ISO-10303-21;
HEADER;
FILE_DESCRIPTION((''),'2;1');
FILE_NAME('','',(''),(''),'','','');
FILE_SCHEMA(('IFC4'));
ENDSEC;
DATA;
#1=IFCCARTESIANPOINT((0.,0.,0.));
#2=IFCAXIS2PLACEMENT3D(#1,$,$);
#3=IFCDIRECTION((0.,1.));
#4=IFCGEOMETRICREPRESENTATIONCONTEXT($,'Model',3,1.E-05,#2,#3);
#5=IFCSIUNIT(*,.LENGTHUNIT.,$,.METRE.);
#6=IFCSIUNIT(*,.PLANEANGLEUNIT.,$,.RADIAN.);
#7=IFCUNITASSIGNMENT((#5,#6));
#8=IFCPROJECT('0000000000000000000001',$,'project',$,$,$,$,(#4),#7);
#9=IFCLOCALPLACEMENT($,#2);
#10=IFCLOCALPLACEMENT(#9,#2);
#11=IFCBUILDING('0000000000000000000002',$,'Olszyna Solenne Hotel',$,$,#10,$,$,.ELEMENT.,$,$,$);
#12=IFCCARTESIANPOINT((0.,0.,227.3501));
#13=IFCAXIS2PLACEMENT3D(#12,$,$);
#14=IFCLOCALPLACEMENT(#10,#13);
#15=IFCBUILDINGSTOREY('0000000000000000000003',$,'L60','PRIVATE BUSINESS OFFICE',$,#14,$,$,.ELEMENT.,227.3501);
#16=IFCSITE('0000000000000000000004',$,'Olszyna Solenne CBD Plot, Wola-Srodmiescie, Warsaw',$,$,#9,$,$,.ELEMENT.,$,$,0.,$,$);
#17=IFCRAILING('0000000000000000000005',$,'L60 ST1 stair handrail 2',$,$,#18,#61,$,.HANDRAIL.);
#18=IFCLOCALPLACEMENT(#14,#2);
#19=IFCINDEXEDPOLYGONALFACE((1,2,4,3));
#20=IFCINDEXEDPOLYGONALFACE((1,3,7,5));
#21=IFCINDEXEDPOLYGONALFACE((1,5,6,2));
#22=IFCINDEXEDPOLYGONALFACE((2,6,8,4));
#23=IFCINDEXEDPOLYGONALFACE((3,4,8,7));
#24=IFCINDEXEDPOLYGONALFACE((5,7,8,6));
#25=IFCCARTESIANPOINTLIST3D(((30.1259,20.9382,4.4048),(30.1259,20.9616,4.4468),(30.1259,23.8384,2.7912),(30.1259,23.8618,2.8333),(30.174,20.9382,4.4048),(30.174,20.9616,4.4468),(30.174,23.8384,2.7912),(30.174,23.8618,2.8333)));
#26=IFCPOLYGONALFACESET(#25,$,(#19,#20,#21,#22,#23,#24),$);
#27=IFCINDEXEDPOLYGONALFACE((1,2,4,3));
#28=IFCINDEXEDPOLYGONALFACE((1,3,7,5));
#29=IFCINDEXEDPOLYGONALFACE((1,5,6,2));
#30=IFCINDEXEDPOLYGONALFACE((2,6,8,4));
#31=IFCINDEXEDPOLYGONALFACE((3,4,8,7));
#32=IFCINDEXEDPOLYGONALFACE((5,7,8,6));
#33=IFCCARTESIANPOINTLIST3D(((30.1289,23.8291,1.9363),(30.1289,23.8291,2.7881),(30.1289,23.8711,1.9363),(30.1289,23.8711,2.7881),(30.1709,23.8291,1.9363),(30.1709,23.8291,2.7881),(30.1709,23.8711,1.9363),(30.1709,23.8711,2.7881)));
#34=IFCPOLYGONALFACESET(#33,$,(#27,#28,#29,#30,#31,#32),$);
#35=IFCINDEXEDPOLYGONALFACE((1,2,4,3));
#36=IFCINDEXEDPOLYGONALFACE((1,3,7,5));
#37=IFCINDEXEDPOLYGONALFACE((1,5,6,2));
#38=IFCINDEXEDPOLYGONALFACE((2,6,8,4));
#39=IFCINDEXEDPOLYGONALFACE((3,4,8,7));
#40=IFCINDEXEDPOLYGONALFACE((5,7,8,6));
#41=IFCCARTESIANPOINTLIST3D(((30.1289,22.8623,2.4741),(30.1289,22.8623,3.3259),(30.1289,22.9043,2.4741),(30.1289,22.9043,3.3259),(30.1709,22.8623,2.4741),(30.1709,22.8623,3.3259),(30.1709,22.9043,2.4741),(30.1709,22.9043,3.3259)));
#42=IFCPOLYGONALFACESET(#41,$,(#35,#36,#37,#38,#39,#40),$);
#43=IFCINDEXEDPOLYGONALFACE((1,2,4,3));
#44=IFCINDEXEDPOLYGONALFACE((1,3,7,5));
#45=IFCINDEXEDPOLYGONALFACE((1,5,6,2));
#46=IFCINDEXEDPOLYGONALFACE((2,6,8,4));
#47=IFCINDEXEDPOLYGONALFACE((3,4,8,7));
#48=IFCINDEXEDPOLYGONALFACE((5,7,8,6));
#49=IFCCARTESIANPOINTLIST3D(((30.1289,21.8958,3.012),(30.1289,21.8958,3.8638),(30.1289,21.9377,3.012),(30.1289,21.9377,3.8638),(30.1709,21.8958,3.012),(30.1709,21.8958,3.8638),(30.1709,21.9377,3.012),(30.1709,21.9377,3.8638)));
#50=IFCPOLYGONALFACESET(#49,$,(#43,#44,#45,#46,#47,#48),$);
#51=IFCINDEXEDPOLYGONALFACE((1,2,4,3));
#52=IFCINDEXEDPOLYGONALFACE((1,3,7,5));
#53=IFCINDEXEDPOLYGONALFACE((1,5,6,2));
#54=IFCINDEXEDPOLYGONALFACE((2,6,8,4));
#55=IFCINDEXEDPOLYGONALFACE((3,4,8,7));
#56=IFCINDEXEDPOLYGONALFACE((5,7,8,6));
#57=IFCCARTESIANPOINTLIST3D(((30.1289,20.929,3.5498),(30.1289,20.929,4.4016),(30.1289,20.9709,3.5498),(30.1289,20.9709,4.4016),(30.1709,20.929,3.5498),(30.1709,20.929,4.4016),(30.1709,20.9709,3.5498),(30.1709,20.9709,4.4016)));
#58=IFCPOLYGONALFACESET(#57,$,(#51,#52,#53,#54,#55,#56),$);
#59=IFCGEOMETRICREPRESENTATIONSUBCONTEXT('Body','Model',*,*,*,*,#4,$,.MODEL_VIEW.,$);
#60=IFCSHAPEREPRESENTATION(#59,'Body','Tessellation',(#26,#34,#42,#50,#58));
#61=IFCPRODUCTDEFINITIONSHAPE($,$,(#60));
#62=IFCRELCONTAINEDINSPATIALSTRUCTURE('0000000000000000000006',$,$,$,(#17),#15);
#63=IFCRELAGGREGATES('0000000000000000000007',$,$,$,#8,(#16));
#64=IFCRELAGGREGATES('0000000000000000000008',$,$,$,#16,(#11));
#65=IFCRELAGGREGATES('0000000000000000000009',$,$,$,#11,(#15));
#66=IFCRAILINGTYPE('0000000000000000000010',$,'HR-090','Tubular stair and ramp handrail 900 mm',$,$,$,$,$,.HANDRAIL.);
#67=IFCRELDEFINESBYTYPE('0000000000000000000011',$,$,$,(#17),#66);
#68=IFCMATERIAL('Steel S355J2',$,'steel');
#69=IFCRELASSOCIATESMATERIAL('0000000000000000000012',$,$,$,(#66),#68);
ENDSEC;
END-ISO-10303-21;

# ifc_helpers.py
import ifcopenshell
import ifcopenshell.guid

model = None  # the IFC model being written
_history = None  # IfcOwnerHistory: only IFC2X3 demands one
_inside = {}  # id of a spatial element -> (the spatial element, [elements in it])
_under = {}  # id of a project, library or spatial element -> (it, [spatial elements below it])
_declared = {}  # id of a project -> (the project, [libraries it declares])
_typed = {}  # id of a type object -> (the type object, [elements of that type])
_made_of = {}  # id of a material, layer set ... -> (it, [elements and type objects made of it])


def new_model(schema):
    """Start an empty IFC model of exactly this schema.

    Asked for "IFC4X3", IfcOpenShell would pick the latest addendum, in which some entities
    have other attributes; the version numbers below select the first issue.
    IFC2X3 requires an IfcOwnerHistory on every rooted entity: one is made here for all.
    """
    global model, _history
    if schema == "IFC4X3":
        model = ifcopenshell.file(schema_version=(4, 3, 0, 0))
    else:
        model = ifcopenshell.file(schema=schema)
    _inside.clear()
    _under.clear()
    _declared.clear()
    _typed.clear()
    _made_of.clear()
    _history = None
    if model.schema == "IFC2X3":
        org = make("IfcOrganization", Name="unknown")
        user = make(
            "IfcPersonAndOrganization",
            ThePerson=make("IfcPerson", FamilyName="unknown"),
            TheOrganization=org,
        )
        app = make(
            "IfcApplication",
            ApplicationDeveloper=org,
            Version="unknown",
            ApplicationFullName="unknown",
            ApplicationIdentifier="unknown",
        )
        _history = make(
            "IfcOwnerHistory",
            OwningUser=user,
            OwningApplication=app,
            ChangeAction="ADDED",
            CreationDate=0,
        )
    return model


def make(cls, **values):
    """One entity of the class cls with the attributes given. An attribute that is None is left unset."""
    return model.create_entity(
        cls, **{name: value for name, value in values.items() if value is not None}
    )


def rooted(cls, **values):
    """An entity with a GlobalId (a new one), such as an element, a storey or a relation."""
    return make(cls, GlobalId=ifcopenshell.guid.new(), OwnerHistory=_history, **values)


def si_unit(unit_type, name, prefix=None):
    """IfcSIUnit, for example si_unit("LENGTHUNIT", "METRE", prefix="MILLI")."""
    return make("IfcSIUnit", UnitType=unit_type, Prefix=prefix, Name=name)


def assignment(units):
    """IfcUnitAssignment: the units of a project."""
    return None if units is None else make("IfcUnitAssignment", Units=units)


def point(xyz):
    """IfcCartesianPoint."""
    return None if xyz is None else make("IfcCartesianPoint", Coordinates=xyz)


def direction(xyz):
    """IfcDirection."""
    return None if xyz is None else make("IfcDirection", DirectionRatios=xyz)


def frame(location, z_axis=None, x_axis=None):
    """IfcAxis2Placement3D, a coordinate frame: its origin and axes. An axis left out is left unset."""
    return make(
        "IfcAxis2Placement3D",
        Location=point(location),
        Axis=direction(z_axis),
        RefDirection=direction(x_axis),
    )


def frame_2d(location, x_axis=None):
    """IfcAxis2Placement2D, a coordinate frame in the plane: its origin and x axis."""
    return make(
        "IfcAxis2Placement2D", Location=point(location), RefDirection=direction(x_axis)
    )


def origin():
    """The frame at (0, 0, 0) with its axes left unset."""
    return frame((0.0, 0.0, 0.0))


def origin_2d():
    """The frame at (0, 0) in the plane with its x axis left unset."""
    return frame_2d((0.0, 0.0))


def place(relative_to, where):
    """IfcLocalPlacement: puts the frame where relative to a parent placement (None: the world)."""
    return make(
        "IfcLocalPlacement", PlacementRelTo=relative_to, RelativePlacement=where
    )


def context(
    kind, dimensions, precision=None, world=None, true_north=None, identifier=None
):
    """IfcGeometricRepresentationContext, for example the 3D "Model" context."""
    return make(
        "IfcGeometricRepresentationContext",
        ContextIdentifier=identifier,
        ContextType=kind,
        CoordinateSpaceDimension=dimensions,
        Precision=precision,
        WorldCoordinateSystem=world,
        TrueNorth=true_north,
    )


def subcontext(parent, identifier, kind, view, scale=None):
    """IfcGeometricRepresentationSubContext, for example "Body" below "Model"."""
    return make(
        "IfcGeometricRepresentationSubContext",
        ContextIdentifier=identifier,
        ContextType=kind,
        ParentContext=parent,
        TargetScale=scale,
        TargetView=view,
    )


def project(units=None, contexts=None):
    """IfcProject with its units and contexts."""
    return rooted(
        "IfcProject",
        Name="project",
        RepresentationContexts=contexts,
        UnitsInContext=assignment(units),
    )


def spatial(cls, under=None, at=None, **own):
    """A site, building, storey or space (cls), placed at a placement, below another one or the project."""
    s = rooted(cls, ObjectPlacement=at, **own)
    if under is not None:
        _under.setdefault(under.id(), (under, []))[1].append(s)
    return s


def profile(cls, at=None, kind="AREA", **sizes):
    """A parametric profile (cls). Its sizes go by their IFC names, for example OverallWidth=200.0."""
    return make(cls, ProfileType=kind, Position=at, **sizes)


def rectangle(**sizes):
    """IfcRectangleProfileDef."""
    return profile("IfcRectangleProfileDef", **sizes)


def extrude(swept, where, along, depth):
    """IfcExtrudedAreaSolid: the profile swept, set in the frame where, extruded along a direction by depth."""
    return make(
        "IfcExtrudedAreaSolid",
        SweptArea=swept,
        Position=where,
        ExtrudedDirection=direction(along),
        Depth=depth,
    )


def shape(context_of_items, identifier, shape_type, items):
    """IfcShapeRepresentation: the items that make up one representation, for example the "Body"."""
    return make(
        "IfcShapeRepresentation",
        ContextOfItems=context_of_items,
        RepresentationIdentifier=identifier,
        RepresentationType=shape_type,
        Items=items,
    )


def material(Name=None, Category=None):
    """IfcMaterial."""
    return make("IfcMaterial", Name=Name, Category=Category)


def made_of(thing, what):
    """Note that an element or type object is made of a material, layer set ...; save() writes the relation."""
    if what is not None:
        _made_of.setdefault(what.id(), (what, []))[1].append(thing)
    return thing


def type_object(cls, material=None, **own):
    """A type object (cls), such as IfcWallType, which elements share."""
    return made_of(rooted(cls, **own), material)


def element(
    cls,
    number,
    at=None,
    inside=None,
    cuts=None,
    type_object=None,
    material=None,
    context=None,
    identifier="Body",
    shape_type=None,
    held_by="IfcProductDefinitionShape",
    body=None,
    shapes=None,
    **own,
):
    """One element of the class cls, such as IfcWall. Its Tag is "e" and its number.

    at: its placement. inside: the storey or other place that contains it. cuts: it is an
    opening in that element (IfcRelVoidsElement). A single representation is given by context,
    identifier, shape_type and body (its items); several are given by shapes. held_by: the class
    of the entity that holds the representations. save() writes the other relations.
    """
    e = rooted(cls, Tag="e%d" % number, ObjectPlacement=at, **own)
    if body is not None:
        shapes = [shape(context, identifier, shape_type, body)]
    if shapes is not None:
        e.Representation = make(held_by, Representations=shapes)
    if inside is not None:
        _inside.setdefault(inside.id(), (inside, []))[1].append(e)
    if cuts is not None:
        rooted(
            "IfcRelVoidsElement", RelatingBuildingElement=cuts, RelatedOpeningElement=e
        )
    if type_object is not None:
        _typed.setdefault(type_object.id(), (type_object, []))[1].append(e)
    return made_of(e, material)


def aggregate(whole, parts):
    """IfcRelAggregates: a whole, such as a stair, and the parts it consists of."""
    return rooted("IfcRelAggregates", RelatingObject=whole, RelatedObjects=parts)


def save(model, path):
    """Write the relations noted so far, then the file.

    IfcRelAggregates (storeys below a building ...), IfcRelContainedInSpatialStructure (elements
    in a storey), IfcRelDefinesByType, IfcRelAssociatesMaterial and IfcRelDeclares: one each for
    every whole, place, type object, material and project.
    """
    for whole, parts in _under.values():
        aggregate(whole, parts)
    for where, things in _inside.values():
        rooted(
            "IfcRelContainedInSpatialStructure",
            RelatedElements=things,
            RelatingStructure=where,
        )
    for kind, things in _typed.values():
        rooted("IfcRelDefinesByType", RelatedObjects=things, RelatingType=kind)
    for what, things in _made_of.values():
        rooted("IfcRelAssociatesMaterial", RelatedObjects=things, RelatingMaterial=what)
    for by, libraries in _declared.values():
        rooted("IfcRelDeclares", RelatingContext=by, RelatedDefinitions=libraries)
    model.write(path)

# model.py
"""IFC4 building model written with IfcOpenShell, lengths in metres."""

from ifc_helpers import new_model, si_unit, direction, frame, origin, origin_2d, place, context, subcontext, project, spatial, rectangle, extrude, material, type_object, element, save


model = new_model("IFC4")

# Units and contexts
model_context = context("Model", 3, precision=1e-05, world=origin(), true_north=direction((0.0, 1.0)))
body_context = subcontext(model_context, "Body", "Model", "MODEL_VIEW")
ifc_project = project(units=[si_unit("LENGTHUNIT", "METRE"), si_unit("PLANEANGLEUNIT", "RADIAN")], contexts=[model_context])

# Site, building, storey
site_placement = place(None, origin())
site = spatial("IfcSite", under=ifc_project, at=site_placement, Name="Olszyna Solenne CBD Plot, Wola-Srodmiescie, Warsaw", CompositionType="ELEMENT", RefElevation=0.0)
building_placement = place(site_placement, origin())
building = spatial("IfcBuilding", under=site, at=building_placement, Name="Olszyna Solenne Hotel", CompositionType="ELEMENT")
storey_placement = place(building_placement, frame((0.0, 0.0, 227.3501)))
storey = spatial("IfcBuildingStorey", under=building, at=storey_placement, Name="L60", Description="PRIVATE BUSINESS OFFICE", CompositionType="ELEMENT", Elevation=227.3501)

# Shared definitions
ifc_material_1 = material(Name="Steel S355J2", Category="steel")

# Railing
railing_type_1 = type_object("IfcRailingType", Name="HR-090", Description="Tubular stair and ramp handrail 900 mm", PredefinedType="HANDRAIL", material=ifc_material_1)
railing_1_placement = place(storey_placement, frame((30.1499, 23.8501, 1.9363)))
element("IfcRailing", 1, at=railing_1_placement, inside=storey, type_object=railing_type_1, Name="L60 ST1 stair handrail 2", PredefinedType="HANDRAIL", context=body_context, shape_type="SweptSolid", body=[
    extrude(rectangle(XDim=0.0481, YDim=0.0481, at=origin_2d()), frame((0.0, 0.0, 0.876), z_axis=(0.0, -0.873859, 0.48618), x_axis=(1.0, 0.0, 0.0)), (0.0, 0.0, 1.0), 3.3188),
    extrude(rectangle(XDim=0.042, YDim=0.042, at=origin_2d()), origin(), (0.0, 0.0, 1.0), 0.8518),
    extrude(rectangle(XDim=0.042, YDim=0.042, at=origin_2d()), frame((0.0, -0.9668, 0.5378)), (0.0, 0.0, 1.0), 0.8518),
    extrude(rectangle(XDim=0.042, YDim=0.042, at=origin_2d()), frame((0.0, -1.9333, 1.0757)), (0.0, 0.0, 1.0), 0.8518),
    extrude(rectangle(XDim=0.042, YDim=0.042, at=origin_2d()), frame((0.0, -2.9001, 1.6135)), (0.0, 0.0, 1.0), 0.8518),
])

save(model, "model.ifc")
